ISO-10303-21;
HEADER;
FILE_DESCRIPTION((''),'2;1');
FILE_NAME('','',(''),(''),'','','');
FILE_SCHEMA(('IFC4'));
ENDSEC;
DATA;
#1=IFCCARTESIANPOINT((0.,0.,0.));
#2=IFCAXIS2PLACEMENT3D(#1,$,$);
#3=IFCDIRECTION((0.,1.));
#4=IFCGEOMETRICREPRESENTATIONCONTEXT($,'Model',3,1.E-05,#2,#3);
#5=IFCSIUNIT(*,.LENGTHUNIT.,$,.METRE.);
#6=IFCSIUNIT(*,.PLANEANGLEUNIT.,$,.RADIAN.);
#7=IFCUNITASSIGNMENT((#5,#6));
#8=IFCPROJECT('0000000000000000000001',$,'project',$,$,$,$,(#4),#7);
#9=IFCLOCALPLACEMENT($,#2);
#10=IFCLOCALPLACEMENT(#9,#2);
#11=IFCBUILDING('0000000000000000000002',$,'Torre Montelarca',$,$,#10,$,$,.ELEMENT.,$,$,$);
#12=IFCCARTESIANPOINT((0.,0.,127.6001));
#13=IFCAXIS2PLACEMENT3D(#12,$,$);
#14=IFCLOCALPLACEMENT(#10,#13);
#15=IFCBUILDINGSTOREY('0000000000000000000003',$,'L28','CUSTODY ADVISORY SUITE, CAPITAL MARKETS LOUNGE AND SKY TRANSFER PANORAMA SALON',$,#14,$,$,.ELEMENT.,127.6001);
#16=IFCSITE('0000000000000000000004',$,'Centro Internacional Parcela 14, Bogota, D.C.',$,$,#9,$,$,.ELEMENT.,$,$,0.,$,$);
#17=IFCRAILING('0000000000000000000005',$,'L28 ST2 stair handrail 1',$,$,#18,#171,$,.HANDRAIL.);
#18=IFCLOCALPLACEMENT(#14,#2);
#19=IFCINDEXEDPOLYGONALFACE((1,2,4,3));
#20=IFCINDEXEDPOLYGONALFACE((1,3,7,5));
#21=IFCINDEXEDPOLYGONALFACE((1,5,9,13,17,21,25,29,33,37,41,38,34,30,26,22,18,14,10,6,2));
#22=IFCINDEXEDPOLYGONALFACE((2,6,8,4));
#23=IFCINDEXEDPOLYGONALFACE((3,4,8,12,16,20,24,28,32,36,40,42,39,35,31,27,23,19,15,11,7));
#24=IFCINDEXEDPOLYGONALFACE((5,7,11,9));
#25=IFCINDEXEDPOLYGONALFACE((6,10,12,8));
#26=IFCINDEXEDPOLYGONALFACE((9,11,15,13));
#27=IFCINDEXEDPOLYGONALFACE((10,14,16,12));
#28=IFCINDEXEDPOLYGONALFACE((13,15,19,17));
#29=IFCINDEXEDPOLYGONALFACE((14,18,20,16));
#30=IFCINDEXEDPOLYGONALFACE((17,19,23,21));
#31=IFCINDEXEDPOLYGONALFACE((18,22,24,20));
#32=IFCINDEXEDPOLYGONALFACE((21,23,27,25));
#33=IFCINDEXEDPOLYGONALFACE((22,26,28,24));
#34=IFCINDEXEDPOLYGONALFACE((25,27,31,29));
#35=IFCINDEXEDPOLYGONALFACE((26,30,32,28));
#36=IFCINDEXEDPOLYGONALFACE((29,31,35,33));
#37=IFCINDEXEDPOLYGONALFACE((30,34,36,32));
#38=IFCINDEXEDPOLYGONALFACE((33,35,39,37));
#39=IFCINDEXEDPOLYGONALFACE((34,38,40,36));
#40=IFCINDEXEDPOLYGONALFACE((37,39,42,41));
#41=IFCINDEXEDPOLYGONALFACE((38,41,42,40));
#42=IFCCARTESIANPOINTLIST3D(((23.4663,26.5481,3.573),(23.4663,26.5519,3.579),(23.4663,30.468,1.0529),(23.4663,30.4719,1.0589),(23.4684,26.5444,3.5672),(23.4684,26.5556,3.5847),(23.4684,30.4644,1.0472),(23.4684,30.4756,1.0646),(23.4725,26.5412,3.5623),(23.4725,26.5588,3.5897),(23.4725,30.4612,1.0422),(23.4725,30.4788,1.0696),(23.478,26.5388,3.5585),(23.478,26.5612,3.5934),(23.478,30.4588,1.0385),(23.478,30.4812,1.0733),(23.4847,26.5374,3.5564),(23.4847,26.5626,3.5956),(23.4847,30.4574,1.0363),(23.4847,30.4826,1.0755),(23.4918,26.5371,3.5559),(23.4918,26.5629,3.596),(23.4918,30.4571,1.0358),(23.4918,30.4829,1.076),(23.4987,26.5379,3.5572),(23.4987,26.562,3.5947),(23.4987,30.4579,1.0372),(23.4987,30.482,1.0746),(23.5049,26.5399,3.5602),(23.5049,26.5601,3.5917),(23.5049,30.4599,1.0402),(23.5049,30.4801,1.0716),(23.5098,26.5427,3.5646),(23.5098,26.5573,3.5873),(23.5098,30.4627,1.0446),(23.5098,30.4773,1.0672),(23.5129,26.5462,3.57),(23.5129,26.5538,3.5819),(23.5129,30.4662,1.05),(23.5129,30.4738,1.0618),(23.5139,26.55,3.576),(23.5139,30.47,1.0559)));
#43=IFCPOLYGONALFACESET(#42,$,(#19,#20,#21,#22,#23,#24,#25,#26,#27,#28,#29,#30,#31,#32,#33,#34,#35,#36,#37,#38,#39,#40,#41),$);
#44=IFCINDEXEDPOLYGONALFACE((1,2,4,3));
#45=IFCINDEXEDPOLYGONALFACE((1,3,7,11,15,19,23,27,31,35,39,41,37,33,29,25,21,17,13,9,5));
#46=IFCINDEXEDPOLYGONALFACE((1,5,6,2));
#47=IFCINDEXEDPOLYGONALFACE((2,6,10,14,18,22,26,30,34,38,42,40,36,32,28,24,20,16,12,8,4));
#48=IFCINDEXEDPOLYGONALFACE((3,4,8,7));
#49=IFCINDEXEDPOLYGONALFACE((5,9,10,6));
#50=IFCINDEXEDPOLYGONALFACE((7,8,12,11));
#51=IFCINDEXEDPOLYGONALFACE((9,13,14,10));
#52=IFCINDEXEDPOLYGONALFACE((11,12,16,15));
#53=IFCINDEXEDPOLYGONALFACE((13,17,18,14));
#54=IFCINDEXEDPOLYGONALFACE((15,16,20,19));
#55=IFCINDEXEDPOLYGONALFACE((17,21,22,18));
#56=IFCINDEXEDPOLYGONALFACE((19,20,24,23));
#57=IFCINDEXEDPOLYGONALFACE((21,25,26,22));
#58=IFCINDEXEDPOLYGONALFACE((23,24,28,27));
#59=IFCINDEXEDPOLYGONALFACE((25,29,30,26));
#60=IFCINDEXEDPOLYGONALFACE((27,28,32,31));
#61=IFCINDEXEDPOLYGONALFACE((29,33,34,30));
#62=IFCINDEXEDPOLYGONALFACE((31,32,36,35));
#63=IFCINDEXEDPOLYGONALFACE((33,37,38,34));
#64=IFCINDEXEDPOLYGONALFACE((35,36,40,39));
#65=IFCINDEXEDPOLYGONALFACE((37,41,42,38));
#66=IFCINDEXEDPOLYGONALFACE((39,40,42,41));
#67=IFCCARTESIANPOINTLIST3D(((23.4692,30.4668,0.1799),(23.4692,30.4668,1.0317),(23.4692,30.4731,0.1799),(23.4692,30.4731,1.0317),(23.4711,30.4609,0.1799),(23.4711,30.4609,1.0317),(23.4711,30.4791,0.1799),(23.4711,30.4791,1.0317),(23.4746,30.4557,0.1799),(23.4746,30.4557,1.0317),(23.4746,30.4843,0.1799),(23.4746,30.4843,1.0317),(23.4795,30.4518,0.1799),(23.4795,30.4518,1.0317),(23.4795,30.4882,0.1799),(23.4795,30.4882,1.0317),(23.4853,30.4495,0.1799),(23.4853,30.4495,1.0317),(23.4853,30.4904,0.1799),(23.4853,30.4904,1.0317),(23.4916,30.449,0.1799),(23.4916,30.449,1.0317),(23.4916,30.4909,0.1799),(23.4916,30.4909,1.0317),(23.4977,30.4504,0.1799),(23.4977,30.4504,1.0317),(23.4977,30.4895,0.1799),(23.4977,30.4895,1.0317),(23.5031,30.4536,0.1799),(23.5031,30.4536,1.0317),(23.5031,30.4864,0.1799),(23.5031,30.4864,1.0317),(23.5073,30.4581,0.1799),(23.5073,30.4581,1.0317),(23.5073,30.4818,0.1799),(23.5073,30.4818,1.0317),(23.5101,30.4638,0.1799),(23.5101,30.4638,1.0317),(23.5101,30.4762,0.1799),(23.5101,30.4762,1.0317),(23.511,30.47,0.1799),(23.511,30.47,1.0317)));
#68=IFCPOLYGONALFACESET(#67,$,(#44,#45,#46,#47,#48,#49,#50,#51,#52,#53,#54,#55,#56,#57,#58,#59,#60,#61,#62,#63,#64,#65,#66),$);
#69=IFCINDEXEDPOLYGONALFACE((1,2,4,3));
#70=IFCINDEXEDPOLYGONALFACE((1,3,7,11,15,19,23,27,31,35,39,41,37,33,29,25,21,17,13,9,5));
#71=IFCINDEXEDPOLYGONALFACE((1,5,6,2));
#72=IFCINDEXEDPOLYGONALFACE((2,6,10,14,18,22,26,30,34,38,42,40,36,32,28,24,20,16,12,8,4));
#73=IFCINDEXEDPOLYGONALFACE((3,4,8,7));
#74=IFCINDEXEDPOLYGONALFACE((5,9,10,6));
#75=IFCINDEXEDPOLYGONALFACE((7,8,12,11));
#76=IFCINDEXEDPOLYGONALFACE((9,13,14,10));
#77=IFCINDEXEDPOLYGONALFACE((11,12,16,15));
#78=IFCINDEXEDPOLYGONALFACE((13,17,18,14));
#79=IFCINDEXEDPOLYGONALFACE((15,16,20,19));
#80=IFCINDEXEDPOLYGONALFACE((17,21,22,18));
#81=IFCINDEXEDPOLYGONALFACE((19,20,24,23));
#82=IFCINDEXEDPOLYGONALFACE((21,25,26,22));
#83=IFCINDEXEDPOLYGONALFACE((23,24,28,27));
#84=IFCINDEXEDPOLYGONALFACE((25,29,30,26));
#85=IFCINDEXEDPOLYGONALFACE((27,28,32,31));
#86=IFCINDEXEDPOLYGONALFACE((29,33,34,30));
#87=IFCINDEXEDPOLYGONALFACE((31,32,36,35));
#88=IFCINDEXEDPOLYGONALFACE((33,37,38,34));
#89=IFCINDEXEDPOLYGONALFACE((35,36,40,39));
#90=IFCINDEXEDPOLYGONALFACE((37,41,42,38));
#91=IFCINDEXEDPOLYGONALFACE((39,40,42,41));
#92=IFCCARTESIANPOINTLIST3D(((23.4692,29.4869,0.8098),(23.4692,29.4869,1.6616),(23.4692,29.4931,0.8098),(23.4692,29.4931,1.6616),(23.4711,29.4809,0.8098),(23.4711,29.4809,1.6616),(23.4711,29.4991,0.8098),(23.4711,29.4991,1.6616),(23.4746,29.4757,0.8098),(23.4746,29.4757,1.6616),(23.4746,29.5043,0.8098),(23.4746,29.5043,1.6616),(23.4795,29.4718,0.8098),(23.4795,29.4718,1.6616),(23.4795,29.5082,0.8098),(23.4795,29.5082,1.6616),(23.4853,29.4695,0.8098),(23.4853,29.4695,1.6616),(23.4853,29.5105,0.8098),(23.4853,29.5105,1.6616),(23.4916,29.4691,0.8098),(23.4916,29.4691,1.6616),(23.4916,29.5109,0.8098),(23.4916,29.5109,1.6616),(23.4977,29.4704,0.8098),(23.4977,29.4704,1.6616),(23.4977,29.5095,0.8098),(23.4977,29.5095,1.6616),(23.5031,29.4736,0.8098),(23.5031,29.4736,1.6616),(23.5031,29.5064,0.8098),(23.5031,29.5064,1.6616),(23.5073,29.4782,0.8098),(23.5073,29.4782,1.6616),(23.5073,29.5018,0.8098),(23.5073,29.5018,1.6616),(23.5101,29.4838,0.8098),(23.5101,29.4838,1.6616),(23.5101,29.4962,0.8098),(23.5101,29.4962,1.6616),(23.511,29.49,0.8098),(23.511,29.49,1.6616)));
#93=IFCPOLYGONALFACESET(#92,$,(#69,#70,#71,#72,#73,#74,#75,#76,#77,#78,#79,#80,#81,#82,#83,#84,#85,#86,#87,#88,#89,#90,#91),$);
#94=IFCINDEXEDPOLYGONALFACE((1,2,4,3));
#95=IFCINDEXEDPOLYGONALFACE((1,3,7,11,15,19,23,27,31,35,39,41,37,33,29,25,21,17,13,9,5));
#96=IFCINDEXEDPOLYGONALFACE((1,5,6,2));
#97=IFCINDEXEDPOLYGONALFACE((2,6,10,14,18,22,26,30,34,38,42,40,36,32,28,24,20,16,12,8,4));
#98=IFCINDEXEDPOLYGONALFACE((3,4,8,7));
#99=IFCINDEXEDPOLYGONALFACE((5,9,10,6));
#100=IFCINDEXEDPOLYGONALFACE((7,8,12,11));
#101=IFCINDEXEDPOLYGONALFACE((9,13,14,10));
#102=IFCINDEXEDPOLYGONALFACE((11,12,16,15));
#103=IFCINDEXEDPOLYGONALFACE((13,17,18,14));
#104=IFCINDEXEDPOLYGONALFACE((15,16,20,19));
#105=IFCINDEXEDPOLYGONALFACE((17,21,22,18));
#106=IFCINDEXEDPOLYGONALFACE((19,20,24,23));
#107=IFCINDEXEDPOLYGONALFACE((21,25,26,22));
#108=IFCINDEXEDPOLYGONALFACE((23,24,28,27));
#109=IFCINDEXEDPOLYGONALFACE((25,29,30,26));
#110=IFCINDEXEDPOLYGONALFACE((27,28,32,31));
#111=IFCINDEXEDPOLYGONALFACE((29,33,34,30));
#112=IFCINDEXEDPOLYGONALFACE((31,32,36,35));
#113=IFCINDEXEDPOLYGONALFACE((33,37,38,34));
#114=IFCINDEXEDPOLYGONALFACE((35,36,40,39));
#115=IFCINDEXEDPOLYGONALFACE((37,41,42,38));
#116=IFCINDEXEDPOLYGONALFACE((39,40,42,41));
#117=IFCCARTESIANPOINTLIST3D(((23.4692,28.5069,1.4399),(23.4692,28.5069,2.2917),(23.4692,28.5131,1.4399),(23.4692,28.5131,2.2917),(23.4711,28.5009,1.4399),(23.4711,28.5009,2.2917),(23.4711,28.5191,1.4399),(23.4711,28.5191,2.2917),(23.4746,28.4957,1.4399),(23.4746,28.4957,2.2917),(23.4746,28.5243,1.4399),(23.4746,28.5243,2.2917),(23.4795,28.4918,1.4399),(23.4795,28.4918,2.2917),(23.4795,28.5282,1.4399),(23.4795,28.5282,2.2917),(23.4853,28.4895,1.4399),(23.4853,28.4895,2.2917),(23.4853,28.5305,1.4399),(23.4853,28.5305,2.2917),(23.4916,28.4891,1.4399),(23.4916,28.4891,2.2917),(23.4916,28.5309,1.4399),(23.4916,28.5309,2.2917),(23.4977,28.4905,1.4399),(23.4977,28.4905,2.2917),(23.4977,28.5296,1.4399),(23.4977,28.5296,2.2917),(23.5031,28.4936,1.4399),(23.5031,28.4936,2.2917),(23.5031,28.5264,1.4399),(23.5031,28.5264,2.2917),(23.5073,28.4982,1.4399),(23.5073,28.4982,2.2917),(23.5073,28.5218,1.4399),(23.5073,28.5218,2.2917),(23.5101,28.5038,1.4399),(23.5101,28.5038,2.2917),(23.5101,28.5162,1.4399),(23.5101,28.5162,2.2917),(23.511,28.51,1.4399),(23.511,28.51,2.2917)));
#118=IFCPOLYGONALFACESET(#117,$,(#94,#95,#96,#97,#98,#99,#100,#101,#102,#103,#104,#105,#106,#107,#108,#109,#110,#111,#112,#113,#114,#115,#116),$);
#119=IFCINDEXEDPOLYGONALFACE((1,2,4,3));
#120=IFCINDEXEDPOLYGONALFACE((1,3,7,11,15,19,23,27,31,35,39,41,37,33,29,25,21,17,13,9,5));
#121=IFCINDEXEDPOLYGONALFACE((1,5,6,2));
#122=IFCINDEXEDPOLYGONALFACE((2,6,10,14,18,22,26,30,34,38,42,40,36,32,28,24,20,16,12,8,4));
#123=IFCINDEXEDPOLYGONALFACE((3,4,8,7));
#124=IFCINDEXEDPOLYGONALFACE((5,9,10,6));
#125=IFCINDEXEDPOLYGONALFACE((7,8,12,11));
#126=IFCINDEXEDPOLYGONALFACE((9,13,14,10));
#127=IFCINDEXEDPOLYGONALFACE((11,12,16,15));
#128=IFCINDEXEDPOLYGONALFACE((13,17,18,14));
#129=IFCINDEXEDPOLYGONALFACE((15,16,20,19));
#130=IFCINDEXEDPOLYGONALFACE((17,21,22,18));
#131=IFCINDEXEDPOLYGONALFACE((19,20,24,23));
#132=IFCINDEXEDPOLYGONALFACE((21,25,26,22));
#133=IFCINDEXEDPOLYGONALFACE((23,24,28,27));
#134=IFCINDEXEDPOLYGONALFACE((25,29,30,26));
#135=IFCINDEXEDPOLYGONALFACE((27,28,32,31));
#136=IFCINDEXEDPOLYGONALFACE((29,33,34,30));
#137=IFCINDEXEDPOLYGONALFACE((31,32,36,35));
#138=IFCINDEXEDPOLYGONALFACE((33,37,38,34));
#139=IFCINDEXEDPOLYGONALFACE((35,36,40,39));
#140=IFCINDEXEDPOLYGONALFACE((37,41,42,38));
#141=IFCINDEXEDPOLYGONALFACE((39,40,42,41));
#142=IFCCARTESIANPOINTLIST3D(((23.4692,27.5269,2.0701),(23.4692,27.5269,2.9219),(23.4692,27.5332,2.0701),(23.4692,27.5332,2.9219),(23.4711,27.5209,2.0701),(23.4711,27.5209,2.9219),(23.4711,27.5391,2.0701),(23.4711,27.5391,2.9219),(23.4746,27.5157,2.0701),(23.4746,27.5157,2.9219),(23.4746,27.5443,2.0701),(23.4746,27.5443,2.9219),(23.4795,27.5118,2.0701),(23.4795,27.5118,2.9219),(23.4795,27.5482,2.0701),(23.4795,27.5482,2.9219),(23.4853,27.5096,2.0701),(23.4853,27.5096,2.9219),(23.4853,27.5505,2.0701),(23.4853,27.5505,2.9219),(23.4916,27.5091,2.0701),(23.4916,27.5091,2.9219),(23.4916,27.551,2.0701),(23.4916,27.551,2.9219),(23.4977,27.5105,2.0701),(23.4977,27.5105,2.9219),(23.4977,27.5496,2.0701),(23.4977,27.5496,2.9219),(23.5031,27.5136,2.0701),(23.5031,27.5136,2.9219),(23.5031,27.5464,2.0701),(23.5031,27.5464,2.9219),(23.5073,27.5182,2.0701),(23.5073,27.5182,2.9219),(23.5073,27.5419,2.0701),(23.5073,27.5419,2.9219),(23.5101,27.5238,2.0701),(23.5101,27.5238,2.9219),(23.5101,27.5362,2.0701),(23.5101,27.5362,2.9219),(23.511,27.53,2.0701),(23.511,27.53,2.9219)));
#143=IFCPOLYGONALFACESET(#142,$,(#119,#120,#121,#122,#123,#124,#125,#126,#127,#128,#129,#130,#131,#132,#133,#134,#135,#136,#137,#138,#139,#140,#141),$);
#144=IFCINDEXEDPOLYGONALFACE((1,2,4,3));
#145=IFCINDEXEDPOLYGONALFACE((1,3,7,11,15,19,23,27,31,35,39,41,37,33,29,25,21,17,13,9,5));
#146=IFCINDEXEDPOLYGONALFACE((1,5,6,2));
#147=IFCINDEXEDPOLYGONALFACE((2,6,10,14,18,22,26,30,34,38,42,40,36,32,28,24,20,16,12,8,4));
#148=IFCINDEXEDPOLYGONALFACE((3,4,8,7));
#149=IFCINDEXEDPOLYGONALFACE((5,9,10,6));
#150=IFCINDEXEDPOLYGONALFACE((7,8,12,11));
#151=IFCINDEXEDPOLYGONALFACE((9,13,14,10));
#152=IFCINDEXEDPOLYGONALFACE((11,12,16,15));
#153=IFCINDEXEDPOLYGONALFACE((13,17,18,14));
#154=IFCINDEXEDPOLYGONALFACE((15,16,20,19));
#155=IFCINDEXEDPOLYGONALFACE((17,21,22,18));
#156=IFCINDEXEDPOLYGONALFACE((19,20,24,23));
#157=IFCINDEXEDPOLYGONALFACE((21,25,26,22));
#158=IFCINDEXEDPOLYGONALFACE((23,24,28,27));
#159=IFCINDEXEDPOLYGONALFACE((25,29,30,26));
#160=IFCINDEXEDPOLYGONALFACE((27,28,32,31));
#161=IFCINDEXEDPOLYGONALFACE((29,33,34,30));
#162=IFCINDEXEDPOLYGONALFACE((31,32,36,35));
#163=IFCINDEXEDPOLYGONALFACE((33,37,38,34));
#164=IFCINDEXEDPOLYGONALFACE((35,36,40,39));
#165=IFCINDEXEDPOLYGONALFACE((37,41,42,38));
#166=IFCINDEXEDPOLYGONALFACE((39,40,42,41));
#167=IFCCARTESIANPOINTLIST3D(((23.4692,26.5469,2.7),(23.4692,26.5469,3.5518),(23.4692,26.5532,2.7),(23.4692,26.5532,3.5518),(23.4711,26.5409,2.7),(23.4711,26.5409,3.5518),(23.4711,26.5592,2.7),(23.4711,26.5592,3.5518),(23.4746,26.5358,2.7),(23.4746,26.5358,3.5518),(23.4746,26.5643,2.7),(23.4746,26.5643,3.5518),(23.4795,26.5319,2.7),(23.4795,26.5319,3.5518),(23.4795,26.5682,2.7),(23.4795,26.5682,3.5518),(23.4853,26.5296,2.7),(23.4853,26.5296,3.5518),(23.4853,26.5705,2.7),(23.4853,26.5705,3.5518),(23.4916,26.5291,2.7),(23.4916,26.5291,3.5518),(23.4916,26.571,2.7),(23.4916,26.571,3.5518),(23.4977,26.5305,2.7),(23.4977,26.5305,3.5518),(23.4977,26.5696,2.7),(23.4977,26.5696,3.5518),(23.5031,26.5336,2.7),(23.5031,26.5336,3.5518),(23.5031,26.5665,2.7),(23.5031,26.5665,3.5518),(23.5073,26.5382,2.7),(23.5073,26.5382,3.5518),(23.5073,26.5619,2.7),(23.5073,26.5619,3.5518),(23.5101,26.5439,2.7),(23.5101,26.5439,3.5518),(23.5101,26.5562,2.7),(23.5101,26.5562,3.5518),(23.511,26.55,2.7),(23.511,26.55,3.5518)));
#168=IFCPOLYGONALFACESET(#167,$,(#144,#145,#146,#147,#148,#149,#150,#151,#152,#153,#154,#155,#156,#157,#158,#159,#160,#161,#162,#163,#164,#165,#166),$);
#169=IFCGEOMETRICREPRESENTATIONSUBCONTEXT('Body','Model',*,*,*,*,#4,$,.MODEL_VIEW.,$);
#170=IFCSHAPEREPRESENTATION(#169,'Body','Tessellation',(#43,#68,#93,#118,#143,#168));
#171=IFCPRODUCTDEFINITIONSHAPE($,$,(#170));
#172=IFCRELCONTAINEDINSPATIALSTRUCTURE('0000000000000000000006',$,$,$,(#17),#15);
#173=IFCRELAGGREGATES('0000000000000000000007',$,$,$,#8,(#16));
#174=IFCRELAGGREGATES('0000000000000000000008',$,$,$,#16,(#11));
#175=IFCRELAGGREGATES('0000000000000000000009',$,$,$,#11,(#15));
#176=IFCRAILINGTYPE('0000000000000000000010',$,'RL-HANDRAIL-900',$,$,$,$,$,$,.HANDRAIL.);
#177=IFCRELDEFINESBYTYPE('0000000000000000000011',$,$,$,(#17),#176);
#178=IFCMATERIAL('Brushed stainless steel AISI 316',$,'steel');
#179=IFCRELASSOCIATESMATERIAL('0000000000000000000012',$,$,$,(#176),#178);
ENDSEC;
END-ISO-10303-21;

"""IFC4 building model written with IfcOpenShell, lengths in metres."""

from ifc_helpers import new_model, si_unit, direction, frame, origin, origin_2d, place, context, subcontext, project, spatial, circle, extrude, material, type_object, element, save


model = new_model("IFC4")

# Units and contexts
model_context = context("Model", 3, precision=1e-05, world=origin(), true_north=direction((0.0, 1.0)))
body_context = subcontext(model_context, "Body", "Model", "MODEL_VIEW")
ifc_project = project(units=[si_unit("LENGTHUNIT", "METRE"), si_unit("PLANEANGLEUNIT", "RADIAN")], contexts=[model_context])

# Site, building, storey
site_placement = place(None, origin())
site = spatial("IfcSite", under=ifc_project, at=site_placement, Name="Centro Internacional Parcela 14, Bogota, D.C.", CompositionType="ELEMENT", RefElevation=0.0)
building_placement = place(site_placement, origin())
building = spatial("IfcBuilding", under=site, at=building_placement, Name="Torre Montelarca", CompositionType="ELEMENT")
storey_placement = place(building_placement, frame((0.0, 0.0, 127.6001)))
storey = spatial("IfcBuildingStorey", under=building, at=storey_placement, Name="L28", Description="CUSTODY ADVISORY SUITE, CAPITAL MARKETS LOUNGE AND SKY TRANSFER PANORAMA SALON", CompositionType="ELEMENT", Elevation=127.6001)

# Railing
ifc_material_1 = material(Name="Brushed stainless steel AISI 316", Category="steel")
railing_type_1 = type_object("IfcRailingType", Name="RL-HANDRAIL-900", PredefinedType="HANDRAIL", material=ifc_material_1)
railing_1_placement = place(storey_placement, frame((23.49, 30.47, 0.1799)))
element("IfcRailing", 1, at=railing_1_placement, inside=storey, type_object=railing_type_1, Name="L28 ST2 stair handrail 1", PredefinedType="HANDRAIL", context=body_context, shape_type="SweptSolid", body=[
    extrude(circle(Radius=0.0239, at=origin_2d()), frame((0.0, 0.0, 0.876), z_axis=(0.0, -0.841172, 0.540768), x_axis=(1.0, 0.0, 0.0)), (0.0, 0.0, 1.0), 4.6602),
    extrude(circle(Radius=0.021, at=origin_2d()), origin(), (0.0, 0.0, 1.0), 0.8518),
    extrude(circle(Radius=0.021, at=origin_2d()), frame((0.0, -0.98, 0.6299)), (0.0, 0.0, 1.0), 0.8518),
    extrude(circle(Radius=0.021, at=origin_2d()), frame((0.0, -1.96, 1.26)), (0.0, 0.0, 1.0), 0.8518),
    extrude(circle(Radius=0.021, at=origin_2d()), frame((0.0, -2.9399, 1.8901)), (0.0, 0.0, 1.0), 0.8518),
    extrude(circle(Radius=0.021, at=origin_2d()), frame((0.0, -3.9199, 2.52)), (0.0, 0.0, 1.0), 0.8518),
])

save(model, "model.ifc")
